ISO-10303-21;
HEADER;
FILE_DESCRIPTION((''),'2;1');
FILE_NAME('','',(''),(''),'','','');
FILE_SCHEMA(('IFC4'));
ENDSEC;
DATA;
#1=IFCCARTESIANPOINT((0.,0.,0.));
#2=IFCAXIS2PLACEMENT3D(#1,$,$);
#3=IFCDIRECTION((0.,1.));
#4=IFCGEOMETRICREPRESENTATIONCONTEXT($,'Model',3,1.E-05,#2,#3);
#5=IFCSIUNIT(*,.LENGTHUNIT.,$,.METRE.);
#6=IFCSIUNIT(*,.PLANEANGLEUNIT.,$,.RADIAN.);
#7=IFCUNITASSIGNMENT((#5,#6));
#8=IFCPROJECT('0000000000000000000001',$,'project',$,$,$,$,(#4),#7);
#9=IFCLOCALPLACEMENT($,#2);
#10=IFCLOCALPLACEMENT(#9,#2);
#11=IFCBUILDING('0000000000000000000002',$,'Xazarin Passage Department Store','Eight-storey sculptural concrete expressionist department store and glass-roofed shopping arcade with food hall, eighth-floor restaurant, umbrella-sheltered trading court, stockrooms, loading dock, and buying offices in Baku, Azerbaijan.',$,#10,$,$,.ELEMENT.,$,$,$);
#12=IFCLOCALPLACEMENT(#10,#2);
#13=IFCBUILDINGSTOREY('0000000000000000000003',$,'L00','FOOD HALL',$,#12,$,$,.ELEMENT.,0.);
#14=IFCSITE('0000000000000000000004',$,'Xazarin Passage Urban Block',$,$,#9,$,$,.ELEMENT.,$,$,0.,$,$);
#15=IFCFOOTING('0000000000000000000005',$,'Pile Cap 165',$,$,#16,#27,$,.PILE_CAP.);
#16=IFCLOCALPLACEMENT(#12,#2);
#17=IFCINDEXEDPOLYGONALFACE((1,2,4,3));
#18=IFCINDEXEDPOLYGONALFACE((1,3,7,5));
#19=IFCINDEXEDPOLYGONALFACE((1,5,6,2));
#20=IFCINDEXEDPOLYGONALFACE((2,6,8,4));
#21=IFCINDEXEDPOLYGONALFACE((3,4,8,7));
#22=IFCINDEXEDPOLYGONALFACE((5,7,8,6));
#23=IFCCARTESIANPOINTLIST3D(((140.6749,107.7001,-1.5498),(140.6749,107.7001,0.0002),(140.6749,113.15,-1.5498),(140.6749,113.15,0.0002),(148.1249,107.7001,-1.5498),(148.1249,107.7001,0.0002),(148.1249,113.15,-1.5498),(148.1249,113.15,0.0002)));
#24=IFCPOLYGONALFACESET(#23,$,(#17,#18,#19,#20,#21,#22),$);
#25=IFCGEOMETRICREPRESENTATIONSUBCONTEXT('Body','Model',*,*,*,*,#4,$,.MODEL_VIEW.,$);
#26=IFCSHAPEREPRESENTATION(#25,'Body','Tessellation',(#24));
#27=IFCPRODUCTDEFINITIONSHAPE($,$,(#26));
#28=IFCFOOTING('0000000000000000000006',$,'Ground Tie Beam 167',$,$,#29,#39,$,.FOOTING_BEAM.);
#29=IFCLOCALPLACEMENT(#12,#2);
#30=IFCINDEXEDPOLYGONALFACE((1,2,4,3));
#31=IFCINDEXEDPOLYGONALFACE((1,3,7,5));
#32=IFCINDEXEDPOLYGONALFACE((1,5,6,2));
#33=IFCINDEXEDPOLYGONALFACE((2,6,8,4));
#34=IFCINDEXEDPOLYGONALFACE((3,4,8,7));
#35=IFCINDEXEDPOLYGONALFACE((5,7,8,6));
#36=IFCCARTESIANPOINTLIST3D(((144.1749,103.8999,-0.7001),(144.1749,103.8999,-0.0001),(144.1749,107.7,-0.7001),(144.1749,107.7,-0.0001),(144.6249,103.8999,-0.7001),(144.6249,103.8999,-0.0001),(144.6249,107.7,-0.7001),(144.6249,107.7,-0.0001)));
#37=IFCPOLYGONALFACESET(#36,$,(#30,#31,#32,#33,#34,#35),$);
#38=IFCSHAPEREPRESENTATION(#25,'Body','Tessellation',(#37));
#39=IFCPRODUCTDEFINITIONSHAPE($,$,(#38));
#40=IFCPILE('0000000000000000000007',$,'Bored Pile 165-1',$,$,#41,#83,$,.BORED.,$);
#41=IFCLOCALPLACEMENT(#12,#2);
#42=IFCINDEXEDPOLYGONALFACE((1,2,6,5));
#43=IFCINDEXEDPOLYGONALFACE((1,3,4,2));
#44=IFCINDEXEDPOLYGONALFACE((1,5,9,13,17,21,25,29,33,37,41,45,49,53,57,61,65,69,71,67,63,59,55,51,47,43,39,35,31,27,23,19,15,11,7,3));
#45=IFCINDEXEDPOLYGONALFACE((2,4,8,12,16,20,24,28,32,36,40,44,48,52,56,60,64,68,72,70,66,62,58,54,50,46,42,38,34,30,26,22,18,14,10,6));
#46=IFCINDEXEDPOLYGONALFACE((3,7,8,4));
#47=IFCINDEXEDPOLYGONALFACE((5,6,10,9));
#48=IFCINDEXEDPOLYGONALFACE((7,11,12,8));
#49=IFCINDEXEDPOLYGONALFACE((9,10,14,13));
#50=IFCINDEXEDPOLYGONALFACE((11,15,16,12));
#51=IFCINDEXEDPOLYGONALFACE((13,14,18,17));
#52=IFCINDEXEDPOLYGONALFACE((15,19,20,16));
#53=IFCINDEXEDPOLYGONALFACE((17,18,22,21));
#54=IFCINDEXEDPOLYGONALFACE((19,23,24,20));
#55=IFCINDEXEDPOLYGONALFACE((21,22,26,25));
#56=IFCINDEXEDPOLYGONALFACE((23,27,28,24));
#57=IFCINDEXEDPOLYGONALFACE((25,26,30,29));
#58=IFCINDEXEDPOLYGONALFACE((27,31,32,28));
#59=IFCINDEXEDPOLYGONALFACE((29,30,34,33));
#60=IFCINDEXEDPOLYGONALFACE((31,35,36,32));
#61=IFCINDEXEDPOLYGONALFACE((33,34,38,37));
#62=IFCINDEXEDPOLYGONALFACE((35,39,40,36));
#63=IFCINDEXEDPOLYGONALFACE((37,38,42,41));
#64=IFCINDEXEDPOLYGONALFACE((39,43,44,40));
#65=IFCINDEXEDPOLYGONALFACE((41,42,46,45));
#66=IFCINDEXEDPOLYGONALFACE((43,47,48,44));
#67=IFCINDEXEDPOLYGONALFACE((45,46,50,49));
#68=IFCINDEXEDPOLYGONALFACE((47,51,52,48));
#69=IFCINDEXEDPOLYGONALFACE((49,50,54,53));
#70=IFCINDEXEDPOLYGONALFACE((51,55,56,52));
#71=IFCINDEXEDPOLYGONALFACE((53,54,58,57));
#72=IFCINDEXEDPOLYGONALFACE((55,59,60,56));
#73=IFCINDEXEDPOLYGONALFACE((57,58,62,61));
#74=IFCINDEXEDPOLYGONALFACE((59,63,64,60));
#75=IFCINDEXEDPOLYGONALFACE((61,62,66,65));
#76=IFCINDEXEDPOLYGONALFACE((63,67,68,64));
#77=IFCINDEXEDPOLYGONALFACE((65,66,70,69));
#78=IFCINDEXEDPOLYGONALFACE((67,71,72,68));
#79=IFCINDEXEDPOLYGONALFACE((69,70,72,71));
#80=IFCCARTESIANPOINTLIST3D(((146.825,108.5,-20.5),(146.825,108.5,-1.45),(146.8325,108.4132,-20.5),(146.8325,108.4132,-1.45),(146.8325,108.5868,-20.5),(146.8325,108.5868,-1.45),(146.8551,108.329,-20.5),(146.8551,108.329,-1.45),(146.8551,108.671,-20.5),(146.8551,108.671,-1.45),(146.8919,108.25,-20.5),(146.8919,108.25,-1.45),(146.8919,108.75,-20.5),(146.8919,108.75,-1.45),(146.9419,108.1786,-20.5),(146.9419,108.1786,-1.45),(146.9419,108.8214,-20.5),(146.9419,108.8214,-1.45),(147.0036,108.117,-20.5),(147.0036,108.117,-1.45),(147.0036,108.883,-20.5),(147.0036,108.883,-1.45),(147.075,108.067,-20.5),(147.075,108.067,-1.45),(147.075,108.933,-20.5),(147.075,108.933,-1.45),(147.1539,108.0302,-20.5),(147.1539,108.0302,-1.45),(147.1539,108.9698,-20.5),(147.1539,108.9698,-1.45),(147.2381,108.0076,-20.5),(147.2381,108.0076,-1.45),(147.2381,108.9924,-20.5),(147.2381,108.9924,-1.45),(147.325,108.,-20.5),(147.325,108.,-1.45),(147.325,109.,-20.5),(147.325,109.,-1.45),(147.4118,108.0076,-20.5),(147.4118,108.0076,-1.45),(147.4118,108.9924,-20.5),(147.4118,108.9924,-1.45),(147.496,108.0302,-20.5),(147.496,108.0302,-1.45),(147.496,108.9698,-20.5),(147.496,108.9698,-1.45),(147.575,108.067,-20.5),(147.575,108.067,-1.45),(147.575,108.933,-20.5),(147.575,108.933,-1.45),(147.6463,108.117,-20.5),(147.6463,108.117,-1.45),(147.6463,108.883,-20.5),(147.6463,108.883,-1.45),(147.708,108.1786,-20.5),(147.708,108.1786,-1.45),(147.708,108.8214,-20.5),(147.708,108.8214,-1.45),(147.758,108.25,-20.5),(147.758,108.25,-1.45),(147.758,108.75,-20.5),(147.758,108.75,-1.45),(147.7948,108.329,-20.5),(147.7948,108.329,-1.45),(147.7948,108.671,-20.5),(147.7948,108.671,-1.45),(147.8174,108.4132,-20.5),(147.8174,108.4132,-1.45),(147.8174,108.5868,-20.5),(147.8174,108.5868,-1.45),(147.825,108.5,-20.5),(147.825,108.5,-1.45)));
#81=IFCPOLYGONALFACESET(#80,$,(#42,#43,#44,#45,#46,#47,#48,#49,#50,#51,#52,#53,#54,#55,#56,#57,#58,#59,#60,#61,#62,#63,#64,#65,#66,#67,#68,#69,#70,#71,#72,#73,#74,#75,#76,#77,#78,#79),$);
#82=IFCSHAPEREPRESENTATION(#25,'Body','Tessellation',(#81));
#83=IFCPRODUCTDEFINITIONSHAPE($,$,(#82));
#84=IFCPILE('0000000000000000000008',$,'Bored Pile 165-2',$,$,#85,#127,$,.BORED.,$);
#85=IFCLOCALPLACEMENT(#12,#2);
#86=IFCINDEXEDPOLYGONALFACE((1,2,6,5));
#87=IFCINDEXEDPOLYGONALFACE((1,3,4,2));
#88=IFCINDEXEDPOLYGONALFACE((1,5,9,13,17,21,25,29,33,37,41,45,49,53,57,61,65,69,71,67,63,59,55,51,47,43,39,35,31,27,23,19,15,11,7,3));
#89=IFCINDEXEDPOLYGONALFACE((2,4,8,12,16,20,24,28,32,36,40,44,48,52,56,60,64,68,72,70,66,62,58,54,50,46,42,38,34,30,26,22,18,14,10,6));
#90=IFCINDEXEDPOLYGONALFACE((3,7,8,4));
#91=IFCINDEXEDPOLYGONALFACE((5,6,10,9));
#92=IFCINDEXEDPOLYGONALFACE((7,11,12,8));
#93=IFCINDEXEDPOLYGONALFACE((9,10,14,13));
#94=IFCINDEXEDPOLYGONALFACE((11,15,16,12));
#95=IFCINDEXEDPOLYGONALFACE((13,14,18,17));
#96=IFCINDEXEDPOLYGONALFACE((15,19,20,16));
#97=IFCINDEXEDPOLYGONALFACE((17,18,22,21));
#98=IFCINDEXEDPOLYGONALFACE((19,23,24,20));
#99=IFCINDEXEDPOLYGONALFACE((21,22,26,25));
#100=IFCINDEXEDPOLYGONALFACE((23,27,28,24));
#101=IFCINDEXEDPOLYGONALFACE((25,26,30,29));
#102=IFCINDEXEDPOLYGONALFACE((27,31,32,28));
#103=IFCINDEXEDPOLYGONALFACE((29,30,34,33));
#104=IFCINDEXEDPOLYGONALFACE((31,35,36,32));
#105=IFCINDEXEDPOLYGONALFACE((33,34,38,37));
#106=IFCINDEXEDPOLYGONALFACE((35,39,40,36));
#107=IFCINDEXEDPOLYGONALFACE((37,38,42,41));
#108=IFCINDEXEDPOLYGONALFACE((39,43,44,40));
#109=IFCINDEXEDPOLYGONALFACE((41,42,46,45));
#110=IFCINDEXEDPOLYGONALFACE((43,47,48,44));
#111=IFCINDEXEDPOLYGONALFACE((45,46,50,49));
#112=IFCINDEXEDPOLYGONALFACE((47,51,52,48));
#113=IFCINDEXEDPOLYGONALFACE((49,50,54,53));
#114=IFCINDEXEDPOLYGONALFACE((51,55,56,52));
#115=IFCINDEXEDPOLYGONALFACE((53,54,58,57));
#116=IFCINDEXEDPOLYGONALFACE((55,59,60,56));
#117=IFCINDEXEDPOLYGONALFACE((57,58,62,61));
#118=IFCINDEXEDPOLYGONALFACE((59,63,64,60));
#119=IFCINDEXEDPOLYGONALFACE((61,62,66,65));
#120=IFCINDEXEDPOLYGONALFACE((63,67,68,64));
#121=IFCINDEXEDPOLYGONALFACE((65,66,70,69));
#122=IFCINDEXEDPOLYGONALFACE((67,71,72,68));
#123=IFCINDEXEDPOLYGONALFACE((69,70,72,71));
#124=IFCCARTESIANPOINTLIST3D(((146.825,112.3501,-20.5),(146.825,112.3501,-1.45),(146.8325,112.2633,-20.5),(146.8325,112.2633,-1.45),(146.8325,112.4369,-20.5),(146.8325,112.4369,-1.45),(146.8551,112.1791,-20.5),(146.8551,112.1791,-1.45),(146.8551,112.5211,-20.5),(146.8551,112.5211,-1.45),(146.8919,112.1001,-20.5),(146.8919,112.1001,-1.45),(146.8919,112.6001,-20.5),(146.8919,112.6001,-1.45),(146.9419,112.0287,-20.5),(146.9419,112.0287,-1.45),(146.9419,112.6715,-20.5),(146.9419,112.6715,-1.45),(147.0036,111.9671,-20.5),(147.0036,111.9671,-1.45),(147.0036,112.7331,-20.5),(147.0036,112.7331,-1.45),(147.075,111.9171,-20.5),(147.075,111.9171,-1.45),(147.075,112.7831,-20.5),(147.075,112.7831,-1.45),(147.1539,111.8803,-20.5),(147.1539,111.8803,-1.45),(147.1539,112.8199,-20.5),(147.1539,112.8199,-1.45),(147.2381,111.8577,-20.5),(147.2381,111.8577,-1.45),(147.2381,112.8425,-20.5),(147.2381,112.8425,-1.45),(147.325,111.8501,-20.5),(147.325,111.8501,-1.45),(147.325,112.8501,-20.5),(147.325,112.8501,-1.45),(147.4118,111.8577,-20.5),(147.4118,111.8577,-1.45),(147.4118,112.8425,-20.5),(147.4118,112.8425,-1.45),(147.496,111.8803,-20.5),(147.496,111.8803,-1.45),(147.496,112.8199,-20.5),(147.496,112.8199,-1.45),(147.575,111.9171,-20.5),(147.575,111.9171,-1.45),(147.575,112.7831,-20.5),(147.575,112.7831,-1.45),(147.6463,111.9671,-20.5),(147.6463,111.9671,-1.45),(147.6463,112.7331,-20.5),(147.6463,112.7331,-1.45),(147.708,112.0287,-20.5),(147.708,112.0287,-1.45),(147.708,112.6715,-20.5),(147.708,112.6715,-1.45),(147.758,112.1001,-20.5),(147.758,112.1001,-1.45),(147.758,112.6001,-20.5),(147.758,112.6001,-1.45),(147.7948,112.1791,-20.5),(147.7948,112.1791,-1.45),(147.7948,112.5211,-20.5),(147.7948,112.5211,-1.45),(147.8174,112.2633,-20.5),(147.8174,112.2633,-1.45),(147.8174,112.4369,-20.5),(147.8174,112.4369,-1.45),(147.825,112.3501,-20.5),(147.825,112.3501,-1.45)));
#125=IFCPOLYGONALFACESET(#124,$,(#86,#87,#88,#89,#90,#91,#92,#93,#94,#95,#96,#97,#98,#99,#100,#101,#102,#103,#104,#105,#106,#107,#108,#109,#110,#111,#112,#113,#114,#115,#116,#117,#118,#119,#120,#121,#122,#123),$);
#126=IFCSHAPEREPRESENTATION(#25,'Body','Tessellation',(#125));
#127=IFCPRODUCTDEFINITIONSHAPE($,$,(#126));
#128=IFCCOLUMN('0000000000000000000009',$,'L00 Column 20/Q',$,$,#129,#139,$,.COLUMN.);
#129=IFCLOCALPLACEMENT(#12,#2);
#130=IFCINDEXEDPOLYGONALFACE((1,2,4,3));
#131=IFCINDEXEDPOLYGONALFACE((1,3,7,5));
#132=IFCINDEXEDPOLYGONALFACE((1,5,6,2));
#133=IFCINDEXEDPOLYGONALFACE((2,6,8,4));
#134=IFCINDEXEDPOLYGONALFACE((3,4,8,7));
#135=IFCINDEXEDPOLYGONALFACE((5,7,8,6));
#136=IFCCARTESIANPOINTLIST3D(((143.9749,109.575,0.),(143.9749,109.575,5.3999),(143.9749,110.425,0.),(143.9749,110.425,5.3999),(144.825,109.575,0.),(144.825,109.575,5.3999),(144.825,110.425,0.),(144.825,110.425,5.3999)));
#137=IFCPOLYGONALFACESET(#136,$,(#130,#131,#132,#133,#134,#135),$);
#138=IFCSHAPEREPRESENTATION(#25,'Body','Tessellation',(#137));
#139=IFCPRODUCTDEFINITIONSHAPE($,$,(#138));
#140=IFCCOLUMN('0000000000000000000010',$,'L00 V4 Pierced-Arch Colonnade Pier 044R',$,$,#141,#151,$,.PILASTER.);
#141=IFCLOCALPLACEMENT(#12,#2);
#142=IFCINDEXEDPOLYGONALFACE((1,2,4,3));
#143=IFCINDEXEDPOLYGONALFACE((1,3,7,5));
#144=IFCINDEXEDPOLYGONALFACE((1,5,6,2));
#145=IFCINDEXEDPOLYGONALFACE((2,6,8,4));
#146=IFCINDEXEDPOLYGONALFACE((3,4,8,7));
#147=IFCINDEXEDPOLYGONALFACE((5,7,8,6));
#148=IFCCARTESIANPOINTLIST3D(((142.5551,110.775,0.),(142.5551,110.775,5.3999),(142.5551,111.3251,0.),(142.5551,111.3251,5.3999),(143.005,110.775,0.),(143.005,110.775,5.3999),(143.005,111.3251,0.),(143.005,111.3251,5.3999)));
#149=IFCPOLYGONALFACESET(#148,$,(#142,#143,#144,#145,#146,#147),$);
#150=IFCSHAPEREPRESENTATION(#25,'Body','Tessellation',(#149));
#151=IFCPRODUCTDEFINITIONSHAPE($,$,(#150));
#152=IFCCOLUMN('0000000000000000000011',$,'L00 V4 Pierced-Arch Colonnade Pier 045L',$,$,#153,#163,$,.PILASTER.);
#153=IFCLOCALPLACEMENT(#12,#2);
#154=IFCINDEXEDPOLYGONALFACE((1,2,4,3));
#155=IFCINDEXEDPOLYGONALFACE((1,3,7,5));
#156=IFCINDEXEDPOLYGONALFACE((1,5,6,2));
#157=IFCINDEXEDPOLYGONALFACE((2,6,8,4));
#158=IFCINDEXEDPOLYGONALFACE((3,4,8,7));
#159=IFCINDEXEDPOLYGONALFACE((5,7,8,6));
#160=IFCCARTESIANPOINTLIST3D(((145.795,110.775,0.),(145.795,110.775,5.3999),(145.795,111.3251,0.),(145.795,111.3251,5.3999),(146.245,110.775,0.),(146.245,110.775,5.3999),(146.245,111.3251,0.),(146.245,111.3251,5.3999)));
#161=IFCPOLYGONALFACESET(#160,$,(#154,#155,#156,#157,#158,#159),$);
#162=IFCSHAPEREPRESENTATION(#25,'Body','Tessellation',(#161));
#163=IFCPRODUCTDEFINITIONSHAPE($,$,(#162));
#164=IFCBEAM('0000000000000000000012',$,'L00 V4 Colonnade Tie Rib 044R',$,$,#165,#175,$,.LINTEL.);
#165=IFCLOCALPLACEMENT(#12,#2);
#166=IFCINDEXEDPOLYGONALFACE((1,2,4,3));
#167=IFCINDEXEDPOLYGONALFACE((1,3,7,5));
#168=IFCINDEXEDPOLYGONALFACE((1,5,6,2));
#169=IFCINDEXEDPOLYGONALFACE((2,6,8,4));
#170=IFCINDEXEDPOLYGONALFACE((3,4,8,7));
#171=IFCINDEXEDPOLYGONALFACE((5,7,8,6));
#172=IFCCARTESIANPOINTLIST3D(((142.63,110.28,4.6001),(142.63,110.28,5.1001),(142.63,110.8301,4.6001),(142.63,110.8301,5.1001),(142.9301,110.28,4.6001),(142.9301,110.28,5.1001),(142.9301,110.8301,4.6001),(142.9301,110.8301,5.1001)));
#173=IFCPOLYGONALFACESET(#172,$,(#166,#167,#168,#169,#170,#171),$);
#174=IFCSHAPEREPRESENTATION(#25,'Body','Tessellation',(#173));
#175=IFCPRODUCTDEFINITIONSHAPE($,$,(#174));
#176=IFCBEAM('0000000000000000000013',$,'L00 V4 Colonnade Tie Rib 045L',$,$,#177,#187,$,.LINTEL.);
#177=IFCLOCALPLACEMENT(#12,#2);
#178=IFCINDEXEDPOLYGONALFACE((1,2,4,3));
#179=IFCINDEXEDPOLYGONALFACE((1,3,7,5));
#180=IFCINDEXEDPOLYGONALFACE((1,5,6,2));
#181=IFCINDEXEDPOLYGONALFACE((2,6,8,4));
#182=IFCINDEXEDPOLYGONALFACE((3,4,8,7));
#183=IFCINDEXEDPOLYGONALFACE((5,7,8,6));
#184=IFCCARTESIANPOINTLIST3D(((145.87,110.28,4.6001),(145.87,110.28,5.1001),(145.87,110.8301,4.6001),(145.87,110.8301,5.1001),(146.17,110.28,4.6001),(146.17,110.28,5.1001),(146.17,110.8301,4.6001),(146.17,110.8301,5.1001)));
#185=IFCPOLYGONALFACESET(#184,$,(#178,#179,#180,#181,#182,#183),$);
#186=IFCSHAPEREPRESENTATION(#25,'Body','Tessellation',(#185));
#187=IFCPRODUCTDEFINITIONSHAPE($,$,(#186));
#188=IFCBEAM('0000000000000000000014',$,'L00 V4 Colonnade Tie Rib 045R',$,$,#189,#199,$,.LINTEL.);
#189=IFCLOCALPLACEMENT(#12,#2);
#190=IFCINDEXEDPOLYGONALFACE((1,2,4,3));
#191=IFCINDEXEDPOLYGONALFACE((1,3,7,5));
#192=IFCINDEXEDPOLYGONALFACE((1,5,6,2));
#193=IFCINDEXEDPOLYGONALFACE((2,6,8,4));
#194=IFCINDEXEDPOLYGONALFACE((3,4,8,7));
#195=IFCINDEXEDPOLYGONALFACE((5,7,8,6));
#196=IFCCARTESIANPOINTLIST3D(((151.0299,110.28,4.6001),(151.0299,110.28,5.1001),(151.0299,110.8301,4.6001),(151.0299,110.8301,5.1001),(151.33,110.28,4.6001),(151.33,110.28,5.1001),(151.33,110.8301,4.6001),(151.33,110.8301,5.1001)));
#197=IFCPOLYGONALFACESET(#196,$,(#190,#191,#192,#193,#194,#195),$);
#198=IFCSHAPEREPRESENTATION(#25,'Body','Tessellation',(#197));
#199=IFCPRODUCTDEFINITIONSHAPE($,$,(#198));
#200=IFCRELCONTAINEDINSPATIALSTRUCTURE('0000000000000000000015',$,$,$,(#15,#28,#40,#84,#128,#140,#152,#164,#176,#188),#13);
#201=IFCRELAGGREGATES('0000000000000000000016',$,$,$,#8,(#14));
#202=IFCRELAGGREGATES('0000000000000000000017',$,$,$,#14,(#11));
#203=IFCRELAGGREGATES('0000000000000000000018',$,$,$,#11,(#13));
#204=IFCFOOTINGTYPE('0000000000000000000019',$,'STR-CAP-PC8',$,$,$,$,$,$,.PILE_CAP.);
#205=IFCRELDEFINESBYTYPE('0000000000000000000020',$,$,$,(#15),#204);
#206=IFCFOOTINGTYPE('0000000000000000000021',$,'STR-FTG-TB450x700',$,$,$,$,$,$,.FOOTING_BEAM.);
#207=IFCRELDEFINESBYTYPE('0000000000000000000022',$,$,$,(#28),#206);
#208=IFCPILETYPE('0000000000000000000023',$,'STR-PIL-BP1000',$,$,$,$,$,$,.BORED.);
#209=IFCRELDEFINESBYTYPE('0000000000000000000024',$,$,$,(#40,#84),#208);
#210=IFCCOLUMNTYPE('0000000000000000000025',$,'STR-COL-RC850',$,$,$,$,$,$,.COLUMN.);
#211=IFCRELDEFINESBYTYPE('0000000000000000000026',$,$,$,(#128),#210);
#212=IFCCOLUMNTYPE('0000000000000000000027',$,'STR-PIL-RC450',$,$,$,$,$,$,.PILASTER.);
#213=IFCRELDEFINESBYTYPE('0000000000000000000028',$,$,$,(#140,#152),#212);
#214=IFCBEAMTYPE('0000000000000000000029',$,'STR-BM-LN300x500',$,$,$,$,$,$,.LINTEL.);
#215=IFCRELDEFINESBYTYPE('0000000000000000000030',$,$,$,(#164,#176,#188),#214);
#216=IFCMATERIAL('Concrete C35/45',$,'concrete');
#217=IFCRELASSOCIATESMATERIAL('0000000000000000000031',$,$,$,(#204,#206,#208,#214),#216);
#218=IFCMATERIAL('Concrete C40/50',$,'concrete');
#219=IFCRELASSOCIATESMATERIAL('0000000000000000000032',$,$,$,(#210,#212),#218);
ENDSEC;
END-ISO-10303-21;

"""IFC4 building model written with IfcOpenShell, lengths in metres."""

from ifc_helpers import new_model, si_unit, direction, frame, origin, origin_2d, place, context, subcontext, project, spatial, rectangle, circle, extrude, material, material_profile, profile_set, type_object, element, save


model = new_model("IFC4")

# Units and contexts
model_context = context("Model", 3, precision=1e-05, world=origin(), true_north=direction((0.0, 1.0)))
body_context = subcontext(model_context, "Body", "Model", "MODEL_VIEW")
ifc_project = project(units=[si_unit("LENGTHUNIT", "METRE"), si_unit("PLANEANGLEUNIT", "RADIAN")], contexts=[model_context])

# Site, building, storey
site_placement = place(None, origin())
site = spatial("IfcSite", under=ifc_project, at=site_placement, Name="Xazarin Passage Urban Block", CompositionType="ELEMENT", RefElevation=0.0)
building_placement = place(site_placement, origin())
building = spatial("IfcBuilding", under=site, at=building_placement, Name="Xazarin Passage Department Store", Description="Eight-storey sculptural concrete expressionist department store and glass-roofed shopping arcade with food hall, eighth-floor restaurant, umbrella-sheltered trading court, stockrooms, loading dock, and buying offices in Baku, Azerbaijan.", CompositionType="ELEMENT")
storey_placement = place(building_placement, origin())
storey = spatial("IfcBuildingStorey", under=building, at=storey_placement, Name="L00", Description="FOOD HALL", CompositionType="ELEMENT", Elevation=0.0)

# Footings
ifc_material_1 = material(Name="Concrete C35/45", Category="concrete")
footing_type_1 = type_object("IfcFootingType", Name="STR-CAP-PC8", PredefinedType="PILE_CAP", material=ifc_material_1)
footing_1_placement = place(storey_placement, frame((144.3999, 110.425, -1.5498), z_axis=(0.0, 0.0, 1.0), x_axis=(1.0, 0.0, 0.0)))
element("IfcFooting", 1, at=footing_1_placement, inside=storey, type_object=footing_type_1, Name="Pile Cap 165", PredefinedType="PILE_CAP", context=body_context, shape_type="SweptSolid", body=[
    extrude(rectangle(XDim=7.45, YDim=5.45, at=origin_2d()), origin(), (0.0, 0.0, 1.0), 1.55),
])
ifc_material_profile_1 = material_profile(ifc_material_1, rectangle(XDim=0.45, YDim=0.7, at=origin_2d()), Name="RC 450x700")
ifc_profile_set_1 = profile_set([ifc_material_profile_1], Name="Concrete C35/45")
footing_type_2 = type_object("IfcFootingType", Name="STR-FTG-TB450x700", PredefinedType="FOOTING_BEAM", material=ifc_profile_set_1)
footing_2_placement = place(storey_placement, frame((144.3999, 103.8999, -0.3501), z_axis=(0.0, 1.0, 0.0), x_axis=(-1.0, 0.0, 0.0)))
element("IfcFooting", 2, at=footing_2_placement, inside=storey, type_object=footing_type_2, Name="Ground Tie Beam 167", PredefinedType="FOOTING_BEAM", context=body_context, shape_type="SweptSolid", body=[
    extrude(rectangle(XDim=0.45, YDim=0.7, at=origin_2d()), origin(), (0.0, 0.0, 1.0), 3.8),
])

# Piles
ifc_material_profile_2 = material_profile(ifc_material_1, circle(Radius=0.5, at=origin_2d()), Name="BP 1000")
ifc_profile_set_2 = profile_set([ifc_material_profile_2], Name="Concrete C35/45")
pile_type = type_object("IfcPileType", Name="STR-PIL-BP1000", PredefinedType="BORED", material=ifc_profile_set_2)
for number, where, z_axis, x_axis, name in (
    (3, (147.325, 108.5, -1.45), (0.0, 0.0, -1.0), (1.0, 0.0, 0.0), "Bored Pile 165-1"),
    (4, (147.325, 112.3501, -1.45), (0.0, 0.0, -1.0), (1.0, 0.0, 0.0), "Bored Pile 165-2"),
):
    element("IfcPile", number, at=place(storey_placement, frame(where, z_axis=z_axis, x_axis=x_axis)), inside=storey, type_object=pile_type, Name=name, PredefinedType="BORED", context=body_context, shape_type="SweptSolid", body=[
        extrude(circle(Radius=0.5, at=origin_2d()), origin(), (0.0, 0.0, 1.0), 19.05),
    ])

# Columns
ifc_material_2 = material(Name="Concrete C40/50", Category="concrete")
ifc_material_profile_3 = material_profile(ifc_material_2, rectangle(XDim=0.8501, YDim=0.8501, at=origin_2d()), Name="RC 850x850")
ifc_profile_set_3 = profile_set([ifc_material_profile_3], Name="Concrete C40/50")
column_type_1 = type_object("IfcColumnType", Name="STR-COL-RC850", PredefinedType="COLUMN", material=ifc_profile_set_3)
column_placement = place(storey_placement, frame((144.3999, 110.0, 0.0), z_axis=(0.0, 0.0, 1.0), x_axis=(1.0, 0.0, 0.0)))
element("IfcColumn", 5, at=column_placement, inside=storey, type_object=column_type_1, Name="L00 Column 20/Q", PredefinedType="COLUMN", context=body_context, shape_type="SweptSolid", body=[
    extrude(rectangle(XDim=0.8501, YDim=0.8501, at=origin_2d()), origin(), (0.0, 0.0, 1.0), 5.3999),
])
ifc_material_profile_4 = material_profile(ifc_material_2, rectangle(XDim=0.45, YDim=0.55, at=origin_2d()), Name="RC 450x550")
ifc_profile_set_4 = profile_set([ifc_material_profile_4], Name="Concrete C40/50")
column_type_2 = type_object("IfcColumnType", Name="STR-PIL-RC450", PredefinedType="PILASTER", material=ifc_profile_set_4)
for number, where, z_axis, x_axis, name in (
    (6, (142.78, 111.05, 0.0), (0.0, 0.0, 1.0), (1.0, 0.0, 0.0), "L00 V4 Pierced-Arch Colonnade Pier 044R"),
    (7, (146.02, 111.05, 0.0), (0.0, 0.0, 1.0), (1.0, 0.0, 0.0), "L00 V4 Pierced-Arch Colonnade Pier 045L"),
):
    element("IfcColumn", number, at=place(storey_placement, frame(where, z_axis=z_axis, x_axis=x_axis)), inside=storey, type_object=column_type_2, Name=name, PredefinedType="PILASTER", context=body_context, shape_type="SweptSolid", body=[
        extrude(rectangle(XDim=0.45, YDim=0.55, at=origin_2d()), origin(), (0.0, 0.0, 1.0), 5.3999),
    ])

# Beams
ifc_material_profile_5 = material_profile(ifc_material_1, rectangle(XDim=0.3, YDim=0.5, at=origin_2d()), Name="RC 300x500")
ifc_profile_set_5 = profile_set([ifc_material_profile_5], Name="Concrete C35/45")
beam_type = type_object("IfcBeamType", Name="STR-BM-LN300x500", PredefinedType="LINTEL", material=ifc_profile_set_5)
for number, where, z_axis, x_axis, name in (
    (8, (142.78, 110.28, 4.8501), (0.0, 1.0, 0.0), (-1.0, 0.0, 0.0), "L00 V4 Colonnade Tie Rib 044R"),
    (9, (146.02, 110.28, 4.8501), (0.0, 1.0, 0.0), (-1.0, 0.0, 0.0), "L00 V4 Colonnade Tie Rib 045L"),
    (10, (151.1799, 110.28, 4.8501), (0.0, 1.0, 0.0), (-1.0, 0.0, 0.0), "L00 V4 Colonnade Tie Rib 045R"),
):
    element("IfcBeam", number, at=place(storey_placement, frame(where, z_axis=z_axis, x_axis=x_axis)), inside=storey, type_object=beam_type, Name=name, PredefinedType="LINTEL", context=body_context, shape_type="SweptSolid", body=[
        extrude(rectangle(XDim=0.3, YDim=0.5, at=origin_2d()), origin(), (0.0, 0.0, 1.0), 0.55),
    ])

save(model, "model.ifc")
